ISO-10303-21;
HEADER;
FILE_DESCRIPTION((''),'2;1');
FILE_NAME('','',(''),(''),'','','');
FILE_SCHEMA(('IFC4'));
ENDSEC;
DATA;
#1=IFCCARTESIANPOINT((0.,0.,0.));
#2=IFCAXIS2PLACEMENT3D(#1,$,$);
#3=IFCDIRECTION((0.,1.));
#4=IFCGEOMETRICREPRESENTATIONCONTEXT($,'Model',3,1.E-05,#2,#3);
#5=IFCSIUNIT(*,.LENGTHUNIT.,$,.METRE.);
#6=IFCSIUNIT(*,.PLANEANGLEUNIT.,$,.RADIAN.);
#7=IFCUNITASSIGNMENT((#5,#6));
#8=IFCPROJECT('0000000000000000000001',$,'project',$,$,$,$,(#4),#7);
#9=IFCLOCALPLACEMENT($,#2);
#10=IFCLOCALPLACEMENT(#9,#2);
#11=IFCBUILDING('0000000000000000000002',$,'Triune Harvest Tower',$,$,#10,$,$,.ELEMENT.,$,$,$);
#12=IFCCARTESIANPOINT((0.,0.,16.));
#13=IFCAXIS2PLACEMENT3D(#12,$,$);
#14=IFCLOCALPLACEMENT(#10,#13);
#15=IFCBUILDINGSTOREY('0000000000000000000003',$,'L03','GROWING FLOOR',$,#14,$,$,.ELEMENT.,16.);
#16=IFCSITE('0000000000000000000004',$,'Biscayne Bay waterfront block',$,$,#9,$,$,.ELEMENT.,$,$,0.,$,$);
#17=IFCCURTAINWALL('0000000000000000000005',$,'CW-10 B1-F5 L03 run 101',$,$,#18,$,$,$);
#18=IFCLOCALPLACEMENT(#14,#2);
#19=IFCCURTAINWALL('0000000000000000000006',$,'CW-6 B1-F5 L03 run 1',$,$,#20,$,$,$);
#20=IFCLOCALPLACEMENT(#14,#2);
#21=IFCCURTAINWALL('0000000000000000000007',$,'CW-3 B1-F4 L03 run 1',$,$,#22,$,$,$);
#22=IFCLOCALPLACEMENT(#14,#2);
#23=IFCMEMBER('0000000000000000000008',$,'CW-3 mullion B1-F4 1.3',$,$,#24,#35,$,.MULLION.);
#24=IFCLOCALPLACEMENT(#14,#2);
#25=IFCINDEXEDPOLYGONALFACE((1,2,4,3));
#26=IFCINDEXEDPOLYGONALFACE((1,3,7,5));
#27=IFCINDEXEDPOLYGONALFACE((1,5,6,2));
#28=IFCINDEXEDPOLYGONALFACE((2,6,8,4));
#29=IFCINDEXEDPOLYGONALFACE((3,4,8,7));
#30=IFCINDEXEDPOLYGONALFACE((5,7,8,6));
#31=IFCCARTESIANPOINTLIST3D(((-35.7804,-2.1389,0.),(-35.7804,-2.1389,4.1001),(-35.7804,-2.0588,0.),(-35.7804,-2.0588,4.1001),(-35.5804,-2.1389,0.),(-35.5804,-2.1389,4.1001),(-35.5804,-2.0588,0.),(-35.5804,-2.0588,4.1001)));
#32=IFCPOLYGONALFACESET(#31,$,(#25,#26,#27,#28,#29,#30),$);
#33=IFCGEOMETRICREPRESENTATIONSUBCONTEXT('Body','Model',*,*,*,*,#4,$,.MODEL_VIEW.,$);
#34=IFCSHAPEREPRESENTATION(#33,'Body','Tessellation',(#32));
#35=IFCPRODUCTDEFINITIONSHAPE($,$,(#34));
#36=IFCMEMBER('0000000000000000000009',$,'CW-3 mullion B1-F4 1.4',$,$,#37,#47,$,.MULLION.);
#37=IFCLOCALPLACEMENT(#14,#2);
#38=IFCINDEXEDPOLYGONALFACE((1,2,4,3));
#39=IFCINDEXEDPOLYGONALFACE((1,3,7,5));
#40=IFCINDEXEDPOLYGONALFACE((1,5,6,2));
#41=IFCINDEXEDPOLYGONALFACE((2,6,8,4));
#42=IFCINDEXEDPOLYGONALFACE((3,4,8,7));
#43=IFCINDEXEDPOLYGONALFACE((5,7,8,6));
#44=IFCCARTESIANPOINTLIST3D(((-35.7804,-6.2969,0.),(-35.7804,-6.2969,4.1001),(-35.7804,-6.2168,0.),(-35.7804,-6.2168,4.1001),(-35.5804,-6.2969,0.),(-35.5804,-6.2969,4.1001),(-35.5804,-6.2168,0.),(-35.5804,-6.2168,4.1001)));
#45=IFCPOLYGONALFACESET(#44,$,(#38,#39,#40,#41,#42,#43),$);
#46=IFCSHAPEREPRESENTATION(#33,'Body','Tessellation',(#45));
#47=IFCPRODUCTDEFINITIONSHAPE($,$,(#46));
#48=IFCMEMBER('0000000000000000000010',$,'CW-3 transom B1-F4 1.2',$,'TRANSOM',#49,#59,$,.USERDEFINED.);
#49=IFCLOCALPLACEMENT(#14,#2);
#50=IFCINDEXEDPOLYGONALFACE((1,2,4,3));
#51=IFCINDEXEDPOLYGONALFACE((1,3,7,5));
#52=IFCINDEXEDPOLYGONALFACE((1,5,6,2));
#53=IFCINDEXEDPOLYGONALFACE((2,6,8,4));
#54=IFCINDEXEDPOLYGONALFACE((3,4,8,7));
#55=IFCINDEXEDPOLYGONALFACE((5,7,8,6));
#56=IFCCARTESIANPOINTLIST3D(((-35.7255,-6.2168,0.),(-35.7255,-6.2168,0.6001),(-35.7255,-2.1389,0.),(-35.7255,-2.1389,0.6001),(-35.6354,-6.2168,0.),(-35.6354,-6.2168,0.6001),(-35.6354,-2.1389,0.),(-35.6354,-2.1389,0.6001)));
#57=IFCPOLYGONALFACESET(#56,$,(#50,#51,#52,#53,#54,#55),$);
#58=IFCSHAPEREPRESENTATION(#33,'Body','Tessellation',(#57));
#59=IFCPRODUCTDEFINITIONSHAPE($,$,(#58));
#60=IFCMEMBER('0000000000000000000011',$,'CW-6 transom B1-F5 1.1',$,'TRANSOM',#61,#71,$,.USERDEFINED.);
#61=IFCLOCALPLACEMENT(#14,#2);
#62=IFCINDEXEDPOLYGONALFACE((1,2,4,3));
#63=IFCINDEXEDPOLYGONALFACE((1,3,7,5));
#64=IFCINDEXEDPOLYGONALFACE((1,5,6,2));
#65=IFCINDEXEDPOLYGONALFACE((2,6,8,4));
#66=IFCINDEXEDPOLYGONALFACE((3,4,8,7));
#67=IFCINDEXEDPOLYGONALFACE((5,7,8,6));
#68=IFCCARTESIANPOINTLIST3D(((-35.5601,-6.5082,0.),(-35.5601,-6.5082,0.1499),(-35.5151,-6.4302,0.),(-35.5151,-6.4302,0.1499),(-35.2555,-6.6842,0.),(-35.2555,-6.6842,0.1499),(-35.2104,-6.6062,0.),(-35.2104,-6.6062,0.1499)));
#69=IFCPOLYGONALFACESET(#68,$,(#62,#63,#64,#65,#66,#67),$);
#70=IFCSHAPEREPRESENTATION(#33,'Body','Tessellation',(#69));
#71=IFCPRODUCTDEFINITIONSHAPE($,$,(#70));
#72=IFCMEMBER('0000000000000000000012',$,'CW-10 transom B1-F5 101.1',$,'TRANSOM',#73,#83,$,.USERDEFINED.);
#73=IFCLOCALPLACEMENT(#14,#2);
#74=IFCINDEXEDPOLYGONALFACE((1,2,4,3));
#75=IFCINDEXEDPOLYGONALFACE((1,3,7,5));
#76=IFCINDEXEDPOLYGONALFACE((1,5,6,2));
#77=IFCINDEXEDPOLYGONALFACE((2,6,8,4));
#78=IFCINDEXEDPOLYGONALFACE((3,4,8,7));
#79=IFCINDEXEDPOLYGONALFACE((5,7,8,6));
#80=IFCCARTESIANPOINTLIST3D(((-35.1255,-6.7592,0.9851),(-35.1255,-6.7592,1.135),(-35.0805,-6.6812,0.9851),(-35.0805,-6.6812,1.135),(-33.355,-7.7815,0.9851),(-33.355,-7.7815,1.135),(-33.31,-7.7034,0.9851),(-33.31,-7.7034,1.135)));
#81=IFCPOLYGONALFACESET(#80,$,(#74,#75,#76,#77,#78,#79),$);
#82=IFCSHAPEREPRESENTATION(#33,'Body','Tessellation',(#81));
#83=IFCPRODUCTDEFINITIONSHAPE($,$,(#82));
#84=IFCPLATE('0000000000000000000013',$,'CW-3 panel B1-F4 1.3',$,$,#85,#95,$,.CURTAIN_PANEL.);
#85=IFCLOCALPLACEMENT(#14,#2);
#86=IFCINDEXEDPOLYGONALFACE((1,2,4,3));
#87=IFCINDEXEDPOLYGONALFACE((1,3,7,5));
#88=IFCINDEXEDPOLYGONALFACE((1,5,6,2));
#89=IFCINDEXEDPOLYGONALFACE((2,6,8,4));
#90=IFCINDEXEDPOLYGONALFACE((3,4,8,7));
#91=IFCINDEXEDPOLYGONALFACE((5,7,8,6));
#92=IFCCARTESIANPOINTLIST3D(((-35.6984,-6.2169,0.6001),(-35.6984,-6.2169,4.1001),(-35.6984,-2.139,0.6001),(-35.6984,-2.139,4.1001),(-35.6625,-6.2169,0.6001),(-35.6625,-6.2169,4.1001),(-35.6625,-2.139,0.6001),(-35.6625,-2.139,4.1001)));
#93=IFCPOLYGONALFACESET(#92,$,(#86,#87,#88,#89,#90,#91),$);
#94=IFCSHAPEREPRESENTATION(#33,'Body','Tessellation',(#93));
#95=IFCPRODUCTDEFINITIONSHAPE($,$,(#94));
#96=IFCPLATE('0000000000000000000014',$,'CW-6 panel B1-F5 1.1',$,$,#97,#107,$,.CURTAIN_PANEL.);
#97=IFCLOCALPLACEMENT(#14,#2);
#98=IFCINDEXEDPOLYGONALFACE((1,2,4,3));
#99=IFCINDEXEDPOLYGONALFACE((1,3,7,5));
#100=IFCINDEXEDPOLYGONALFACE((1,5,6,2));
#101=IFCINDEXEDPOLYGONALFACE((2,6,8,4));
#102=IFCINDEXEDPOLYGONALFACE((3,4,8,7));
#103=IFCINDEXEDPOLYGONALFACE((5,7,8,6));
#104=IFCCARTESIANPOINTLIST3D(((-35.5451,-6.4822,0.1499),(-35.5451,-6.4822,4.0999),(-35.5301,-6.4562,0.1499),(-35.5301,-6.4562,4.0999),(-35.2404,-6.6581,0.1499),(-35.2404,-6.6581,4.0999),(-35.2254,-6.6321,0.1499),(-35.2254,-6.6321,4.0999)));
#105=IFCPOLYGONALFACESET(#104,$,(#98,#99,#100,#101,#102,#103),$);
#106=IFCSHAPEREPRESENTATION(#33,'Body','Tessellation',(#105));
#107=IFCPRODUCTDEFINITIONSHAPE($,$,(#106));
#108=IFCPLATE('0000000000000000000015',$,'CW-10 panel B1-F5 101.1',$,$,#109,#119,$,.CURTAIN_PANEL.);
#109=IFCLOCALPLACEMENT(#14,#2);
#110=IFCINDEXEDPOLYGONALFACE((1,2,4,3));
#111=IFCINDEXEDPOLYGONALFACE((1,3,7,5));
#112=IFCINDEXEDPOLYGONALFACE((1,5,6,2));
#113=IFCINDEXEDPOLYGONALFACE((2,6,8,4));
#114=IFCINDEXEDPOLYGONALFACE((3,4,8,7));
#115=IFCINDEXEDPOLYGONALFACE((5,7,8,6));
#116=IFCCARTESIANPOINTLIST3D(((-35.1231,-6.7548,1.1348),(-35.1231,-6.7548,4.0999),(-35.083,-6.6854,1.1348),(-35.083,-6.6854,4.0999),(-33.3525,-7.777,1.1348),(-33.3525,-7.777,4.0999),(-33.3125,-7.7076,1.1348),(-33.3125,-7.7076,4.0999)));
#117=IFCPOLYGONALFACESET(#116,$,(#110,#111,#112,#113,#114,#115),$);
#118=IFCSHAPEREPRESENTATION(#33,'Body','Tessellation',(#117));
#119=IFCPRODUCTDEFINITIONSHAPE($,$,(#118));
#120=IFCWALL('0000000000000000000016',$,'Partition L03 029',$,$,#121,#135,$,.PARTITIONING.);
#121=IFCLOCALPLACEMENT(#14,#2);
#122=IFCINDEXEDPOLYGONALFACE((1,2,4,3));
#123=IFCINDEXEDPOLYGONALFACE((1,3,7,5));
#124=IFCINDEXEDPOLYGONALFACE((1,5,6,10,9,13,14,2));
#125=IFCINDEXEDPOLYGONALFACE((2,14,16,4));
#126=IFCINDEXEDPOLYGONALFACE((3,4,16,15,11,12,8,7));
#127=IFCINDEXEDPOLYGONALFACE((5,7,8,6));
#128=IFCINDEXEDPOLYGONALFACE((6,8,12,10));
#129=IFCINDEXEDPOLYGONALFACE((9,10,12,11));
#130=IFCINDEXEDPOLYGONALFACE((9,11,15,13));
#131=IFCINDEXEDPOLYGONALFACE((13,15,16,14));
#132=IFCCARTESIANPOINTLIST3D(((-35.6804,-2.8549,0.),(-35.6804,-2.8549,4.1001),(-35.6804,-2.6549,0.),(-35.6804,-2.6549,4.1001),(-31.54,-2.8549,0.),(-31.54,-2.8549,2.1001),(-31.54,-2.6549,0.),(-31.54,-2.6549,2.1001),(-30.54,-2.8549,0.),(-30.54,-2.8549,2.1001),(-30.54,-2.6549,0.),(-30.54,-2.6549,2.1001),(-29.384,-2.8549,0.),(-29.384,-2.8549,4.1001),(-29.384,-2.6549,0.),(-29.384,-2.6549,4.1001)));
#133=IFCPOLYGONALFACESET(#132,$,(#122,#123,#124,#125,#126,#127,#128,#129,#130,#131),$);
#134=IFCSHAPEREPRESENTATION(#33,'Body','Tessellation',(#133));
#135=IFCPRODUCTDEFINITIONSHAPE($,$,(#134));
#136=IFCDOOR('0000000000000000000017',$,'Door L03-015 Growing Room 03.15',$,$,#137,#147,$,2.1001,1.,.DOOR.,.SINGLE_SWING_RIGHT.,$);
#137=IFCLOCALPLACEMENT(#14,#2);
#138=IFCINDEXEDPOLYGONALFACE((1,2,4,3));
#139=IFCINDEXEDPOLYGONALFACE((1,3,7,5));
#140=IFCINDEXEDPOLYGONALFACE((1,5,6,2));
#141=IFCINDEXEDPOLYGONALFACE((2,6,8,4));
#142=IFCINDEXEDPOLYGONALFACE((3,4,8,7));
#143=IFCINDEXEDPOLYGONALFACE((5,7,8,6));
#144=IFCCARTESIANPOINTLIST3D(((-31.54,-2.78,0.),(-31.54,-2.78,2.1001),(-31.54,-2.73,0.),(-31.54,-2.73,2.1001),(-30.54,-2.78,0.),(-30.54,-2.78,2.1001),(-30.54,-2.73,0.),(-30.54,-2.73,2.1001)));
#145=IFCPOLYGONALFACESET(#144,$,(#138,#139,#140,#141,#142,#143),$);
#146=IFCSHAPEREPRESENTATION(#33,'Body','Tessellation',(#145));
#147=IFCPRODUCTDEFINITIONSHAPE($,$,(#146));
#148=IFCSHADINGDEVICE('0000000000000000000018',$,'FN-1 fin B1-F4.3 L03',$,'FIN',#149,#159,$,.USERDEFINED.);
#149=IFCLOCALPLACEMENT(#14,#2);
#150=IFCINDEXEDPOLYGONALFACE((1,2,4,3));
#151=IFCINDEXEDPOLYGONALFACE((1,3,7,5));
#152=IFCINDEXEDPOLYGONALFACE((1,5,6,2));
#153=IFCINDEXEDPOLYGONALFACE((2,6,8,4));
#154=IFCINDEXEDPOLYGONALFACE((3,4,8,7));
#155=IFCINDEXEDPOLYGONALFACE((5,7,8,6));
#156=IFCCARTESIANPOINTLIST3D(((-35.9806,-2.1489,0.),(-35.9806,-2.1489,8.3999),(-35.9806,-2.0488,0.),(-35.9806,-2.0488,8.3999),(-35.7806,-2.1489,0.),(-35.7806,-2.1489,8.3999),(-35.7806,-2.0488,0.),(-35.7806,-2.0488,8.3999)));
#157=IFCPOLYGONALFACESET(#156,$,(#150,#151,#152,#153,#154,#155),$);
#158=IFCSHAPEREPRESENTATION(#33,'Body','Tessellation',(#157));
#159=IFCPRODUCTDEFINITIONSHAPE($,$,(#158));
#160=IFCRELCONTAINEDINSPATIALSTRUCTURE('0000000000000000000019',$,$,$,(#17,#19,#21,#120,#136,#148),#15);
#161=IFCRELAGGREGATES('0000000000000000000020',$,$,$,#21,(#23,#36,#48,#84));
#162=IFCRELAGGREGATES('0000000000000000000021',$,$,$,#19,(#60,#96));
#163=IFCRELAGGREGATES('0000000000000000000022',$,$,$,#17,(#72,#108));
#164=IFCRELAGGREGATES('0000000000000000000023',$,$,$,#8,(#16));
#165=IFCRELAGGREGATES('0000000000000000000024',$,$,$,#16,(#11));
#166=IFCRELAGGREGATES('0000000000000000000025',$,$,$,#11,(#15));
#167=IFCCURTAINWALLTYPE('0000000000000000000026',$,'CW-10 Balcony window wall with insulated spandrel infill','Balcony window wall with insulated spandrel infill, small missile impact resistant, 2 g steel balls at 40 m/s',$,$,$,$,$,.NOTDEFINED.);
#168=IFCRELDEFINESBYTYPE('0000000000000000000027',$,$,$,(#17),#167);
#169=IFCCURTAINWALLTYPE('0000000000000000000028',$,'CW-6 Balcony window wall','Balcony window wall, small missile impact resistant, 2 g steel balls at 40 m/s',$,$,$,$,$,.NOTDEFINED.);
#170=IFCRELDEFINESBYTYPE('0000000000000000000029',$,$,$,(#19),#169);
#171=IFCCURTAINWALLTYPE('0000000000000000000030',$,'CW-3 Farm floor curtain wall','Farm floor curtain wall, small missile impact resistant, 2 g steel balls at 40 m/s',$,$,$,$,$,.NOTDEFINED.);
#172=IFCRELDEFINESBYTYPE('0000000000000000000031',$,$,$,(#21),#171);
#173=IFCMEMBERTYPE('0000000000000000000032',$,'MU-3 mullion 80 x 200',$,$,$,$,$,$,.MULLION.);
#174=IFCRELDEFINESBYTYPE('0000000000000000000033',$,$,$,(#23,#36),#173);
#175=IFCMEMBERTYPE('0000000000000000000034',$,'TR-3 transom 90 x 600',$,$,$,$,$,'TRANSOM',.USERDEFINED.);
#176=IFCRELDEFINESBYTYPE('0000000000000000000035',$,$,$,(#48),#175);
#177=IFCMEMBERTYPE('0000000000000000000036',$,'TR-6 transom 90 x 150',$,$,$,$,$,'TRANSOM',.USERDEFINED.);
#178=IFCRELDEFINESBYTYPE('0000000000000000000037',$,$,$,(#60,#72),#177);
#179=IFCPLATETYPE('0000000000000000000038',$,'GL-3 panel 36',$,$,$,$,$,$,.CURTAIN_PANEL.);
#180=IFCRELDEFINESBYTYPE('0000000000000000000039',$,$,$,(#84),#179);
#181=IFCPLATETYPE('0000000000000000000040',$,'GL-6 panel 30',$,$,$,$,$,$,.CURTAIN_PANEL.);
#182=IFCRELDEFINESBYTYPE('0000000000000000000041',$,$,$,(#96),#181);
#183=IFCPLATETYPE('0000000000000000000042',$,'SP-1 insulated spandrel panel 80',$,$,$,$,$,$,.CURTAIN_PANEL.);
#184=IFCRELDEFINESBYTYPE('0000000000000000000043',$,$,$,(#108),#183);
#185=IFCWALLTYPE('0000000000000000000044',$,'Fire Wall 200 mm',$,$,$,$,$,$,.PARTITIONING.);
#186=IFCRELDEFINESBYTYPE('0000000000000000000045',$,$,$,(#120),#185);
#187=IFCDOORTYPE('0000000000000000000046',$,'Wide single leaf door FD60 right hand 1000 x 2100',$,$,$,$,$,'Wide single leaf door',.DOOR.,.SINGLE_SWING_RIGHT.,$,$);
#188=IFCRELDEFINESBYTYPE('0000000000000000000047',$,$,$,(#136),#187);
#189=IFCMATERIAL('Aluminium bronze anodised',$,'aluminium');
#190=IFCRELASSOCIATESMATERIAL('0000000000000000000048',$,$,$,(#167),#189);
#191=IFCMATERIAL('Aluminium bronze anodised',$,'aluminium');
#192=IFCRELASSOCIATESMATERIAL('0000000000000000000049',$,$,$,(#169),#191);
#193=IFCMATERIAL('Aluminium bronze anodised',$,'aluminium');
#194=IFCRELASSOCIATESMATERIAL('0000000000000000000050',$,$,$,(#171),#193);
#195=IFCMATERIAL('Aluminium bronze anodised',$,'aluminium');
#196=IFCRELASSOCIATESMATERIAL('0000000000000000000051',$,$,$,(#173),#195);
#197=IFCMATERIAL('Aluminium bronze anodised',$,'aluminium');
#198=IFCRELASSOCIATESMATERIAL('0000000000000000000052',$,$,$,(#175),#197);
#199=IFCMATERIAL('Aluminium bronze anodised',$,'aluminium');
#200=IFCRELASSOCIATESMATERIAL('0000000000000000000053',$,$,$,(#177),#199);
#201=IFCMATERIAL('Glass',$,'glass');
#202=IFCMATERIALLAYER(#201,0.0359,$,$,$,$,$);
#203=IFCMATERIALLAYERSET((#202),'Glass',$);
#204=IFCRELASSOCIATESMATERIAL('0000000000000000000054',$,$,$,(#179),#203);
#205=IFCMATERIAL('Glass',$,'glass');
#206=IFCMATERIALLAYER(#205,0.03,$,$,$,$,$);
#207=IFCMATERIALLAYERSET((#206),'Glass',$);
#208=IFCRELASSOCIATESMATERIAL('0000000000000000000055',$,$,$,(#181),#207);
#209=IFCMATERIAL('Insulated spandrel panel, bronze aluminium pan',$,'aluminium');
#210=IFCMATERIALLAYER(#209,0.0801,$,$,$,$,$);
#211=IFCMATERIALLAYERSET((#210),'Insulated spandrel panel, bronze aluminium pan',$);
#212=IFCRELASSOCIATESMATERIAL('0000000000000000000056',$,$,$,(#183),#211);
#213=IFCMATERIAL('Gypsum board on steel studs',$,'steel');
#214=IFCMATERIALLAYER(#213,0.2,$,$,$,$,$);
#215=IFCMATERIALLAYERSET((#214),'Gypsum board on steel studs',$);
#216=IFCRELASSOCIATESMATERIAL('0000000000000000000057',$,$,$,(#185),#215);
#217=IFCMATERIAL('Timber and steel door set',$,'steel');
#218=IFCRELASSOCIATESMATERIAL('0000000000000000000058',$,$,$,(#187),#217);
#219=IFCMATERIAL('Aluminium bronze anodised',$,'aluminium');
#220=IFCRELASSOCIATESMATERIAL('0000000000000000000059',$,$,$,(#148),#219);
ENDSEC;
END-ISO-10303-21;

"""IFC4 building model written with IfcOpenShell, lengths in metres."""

from ifc_helpers import new_model, si_unit, direction, frame, frame_2d, origin, origin_2d, place, context, subcontext, project, spatial, rectangle, extrude, source, transform, mapped, material, layer, layer_set, material_profile, profile_set, type_object, element, fill, aggregate, save


model = new_model("IFC4")

# Units and contexts
model_context = context("Model", 3, precision=1e-05, world=origin(), true_north=direction((0.0, 1.0)))
body_context = subcontext(model_context, "Body", "Model", "MODEL_VIEW")
ifc_project = project(units=[si_unit("LENGTHUNIT", "METRE"), si_unit("PLANEANGLEUNIT", "RADIAN")], contexts=[model_context])

# Site, building, storey
site_placement = place(None, origin())
site = spatial("IfcSite", under=ifc_project, at=site_placement, Name="Biscayne Bay waterfront block", CompositionType="ELEMENT", RefElevation=0.0)
building_placement = place(site_placement, origin())
building = spatial("IfcBuilding", under=site, at=building_placement, Name="Triune Harvest Tower", CompositionType="ELEMENT")
storey_placement = place(building_placement, frame((0.0, 0.0, 16.0)))
storey = spatial("IfcBuildingStorey", under=building, at=storey_placement, Name="L03", Description="GROWING FLOOR", CompositionType="ELEMENT", Elevation=16.0)

# Curtain wall
ifc_material_1 = material(Name="Aluminium bronze anodised", Category="aluminium")
curtain_wall_type_1 = type_object("IfcCurtainWallType", Name="CW-10 Balcony window wall with insulated spandrel infill", Description="Balcony window wall with insulated spandrel infill, small missile impact resistant, 2 g steel balls at 40 m/s", PredefinedType="NOTDEFINED", material=ifc_material_1)
curtain_wall_1_placement = place(storey_placement, origin())
curtain_wall_1 = element("IfcCurtainWall", 1, at=curtain_wall_1_placement, inside=storey, type_object=curtain_wall_type_1, Name="CW-10 B1-F5 L03 run 101")

# Curtain walls, members
ifc_material_2 = material(Name="Aluminium bronze anodised", Category="aluminium")
curtain_wall_type_2 = type_object("IfcCurtainWallType", Name="CW-6 Balcony window wall", Description="Balcony window wall, small missile impact resistant, 2 g steel balls at 40 m/s", PredefinedType="NOTDEFINED", material=ifc_material_2)
curtain_wall_2_placement = place(storey_placement, origin())
curtain_wall_2 = element("IfcCurtainWall", 2, at=curtain_wall_2_placement, inside=storey, type_object=curtain_wall_type_2, Name="CW-6 B1-F5 L03 run 1")
ifc_material_3 = material(Name="Aluminium bronze anodised", Category="aluminium")
curtain_wall_type_3 = type_object("IfcCurtainWallType", Name="CW-3 Farm floor curtain wall", Description="Farm floor curtain wall, small missile impact resistant, 2 g steel balls at 40 m/s", PredefinedType="NOTDEFINED", material=ifc_material_3)
curtain_wall_3_placement = place(storey_placement, origin())
curtain_wall_3 = element("IfcCurtainWall", 3, at=curtain_wall_3_placement, inside=storey, type_object=curtain_wall_type_3, Name="CW-3 B1-F4 L03 run 1")
ifc_material_4 = material(Name="Aluminium bronze anodised", Category="aluminium")
ifc_material_profile_1 = material_profile(ifc_material_4, rectangle(XDim=0.2, YDim=0.0801, at=origin_2d()), Name="MU-3 mullion 80 x 200")
ifc_profile_set_1 = profile_set([ifc_material_profile_1], Name="Aluminium bronze anodised")
member_type_1 = type_object("IfcMemberType", Name="MU-3 mullion 80 x 200", PredefinedType="MULLION", material=ifc_profile_set_1)
shared_shape_1 = source(origin(), body_context, "Body", "SweptSolid", [
    extrude(rectangle(XDim=0.2, YDim=0.0801, at=origin_2d()), origin(), (0.0, 0.0, 1.0), 4.1001),
])
member_1_placement = place(storey_placement, frame((-35.6804, -2.0989, 0.0), z_axis=(0.0, 0.0, 1.0), x_axis=(1.0, 0.0, 0.0)))
member_1 = element("IfcMember", 4, at=member_1_placement, type_object=member_type_1, Name="CW-3 mullion B1-F4 1.3", PredefinedType="MULLION", context=body_context, shape_type="MappedRepresentation", body=[
    mapped(shared_shape_1, transform((0.0, 0.0, 0.0), scale=1.0)),
])
member_2_placement = place(storey_placement, frame((-35.6804, -6.2568, 0.0), z_axis=(0.0, 0.0, 1.0), x_axis=(1.0, 0.0, 0.0)))
member_2 = element("IfcMember", 5, at=member_2_placement, type_object=member_type_1, Name="CW-3 mullion B1-F4 1.4", PredefinedType="MULLION", context=body_context, shape_type="MappedRepresentation", body=[
    mapped(shared_shape_1, transform((0.0, 0.0, 0.0), scale=1.0)),
])
ifc_material_5 = material(Name="Aluminium bronze anodised", Category="aluminium")
ifc_material_profile_2 = material_profile(ifc_material_5, rectangle(XDim=0.0901, YDim=0.6001, at=origin_2d()), Name="TR-3 transom 90 x 600")
ifc_profile_set_2 = profile_set([ifc_material_profile_2], Name="Aluminium bronze anodised")
member_type_2 = type_object("IfcMemberType", Name="TR-3 transom 90 x 600", ElementType="TRANSOM", PredefinedType="USERDEFINED", material=ifc_profile_set_2)
shared_shape_2 = source(origin(), body_context, "Body", "SweptSolid", [
    extrude(rectangle(XDim=0.0901, YDim=0.6001, at=origin_2d()), origin(), (0.0, 0.0, 1.0), 4.0779),
])
member_3_placement = place(storey_placement, frame((-35.6804, -2.1389, 0.3), z_axis=(0.0, -1.0, 0.0), x_axis=(1.0, 0.0, 0.0)))
member_3 = element("IfcMember", 6, at=member_3_placement, type_object=member_type_2, Name="CW-3 transom B1-F4 1.2", ObjectType="TRANSOM", PredefinedType="USERDEFINED", context=body_context, shape_type="MappedRepresentation", body=[
    mapped(shared_shape_2, transform((0.0, 0.0, 0.0), scale=1.0)),
])

# Members
ifc_material_6 = material(Name="Aluminium bronze anodised", Category="aluminium")
ifc_material_profile_3 = material_profile(ifc_material_6, rectangle(XDim=0.0901, YDim=0.1499, at=origin_2d()), Name="TR-6 transom 90 x 150")
ifc_profile_set_3 = profile_set([ifc_material_profile_3], Name="Aluminium bronze anodised")
member_type_3 = type_object("IfcMemberType", Name="TR-6 transom 90 x 150", ElementType="TRANSOM", PredefinedType="USERDEFINED", material=ifc_profile_set_3)
shared_shape_3 = source(origin(), body_context, "Body", "SweptSolid", [
    extrude(rectangle(XDim=0.0901, YDim=0.1499, at=origin_2d()), origin(), (0.0, 0.0, 1.0), 0.3518),
])
member_4_placement = place(storey_placement, frame((-35.5376, -6.4692, 0.075), z_axis=(0.865885, -0.500243, 0.0), x_axis=(0.500243, 0.865885, 0.0)))
member_4 = element("IfcMember", 7, at=member_4_placement, type_object=member_type_3, Name="CW-6 transom B1-F5 1.1", ObjectType="TRANSOM", PredefinedType="USERDEFINED", context=body_context, shape_type="MappedRepresentation", body=[
    mapped(shared_shape_3, transform((0.0, 0.0, 0.0), scale=1.0)),
])
shared_shape_4 = source(origin(), body_context, "Body", "SweptSolid", [
    extrude(rectangle(XDim=0.0901, YDim=0.1499, at=origin_2d()), origin(), (0.0, 0.0, 1.0), 2.0444),
])
member_5_placement = place(storey_placement, frame((-35.103, -6.7202, 1.0601), z_axis=(0.866023, -0.500005, 0.0), x_axis=(0.500005, 0.866023, 0.0)))
member_5 = element("IfcMember", 8, at=member_5_placement, type_object=member_type_3, Name="CW-10 transom B1-F5 101.1", ObjectType="TRANSOM", PredefinedType="USERDEFINED", context=body_context, shape_type="MappedRepresentation", body=[
    mapped(shared_shape_4, transform((0.0, 0.0, 0.0), scale=1.0)),
])

# Plates
ifc_material_7 = material(Name="Glass", Category="glass")
ifc_layer_1 = layer(ifc_material_7, 0.0359)
ifc_layer_set_1 = layer_set([ifc_layer_1], Name="Glass")
plate_type_1 = type_object("IfcPlateType", Name="GL-3 panel 36", PredefinedType="CURTAIN_PANEL", material=ifc_layer_set_1)
shared_shape_5 = source(origin(), body_context, "Body", "SweptSolid", [
    extrude(rectangle(XDim=4.0779, YDim=0.0359, at=origin_2d()), origin(), (0.0, 0.0, 1.0), 3.5),
])
plate_1_placement = place(storey_placement, frame((-35.6804, -4.178, 0.6001), z_axis=(0.0, 0.0, 1.0), x_axis=(0.0, -1.0, 0.0)))
plate_1 = element("IfcPlate", 9, at=plate_1_placement, type_object=plate_type_1, Name="CW-3 panel B1-F4 1.3", PredefinedType="CURTAIN_PANEL", context=body_context, shape_type="MappedRepresentation", body=[
    mapped(shared_shape_5, transform((0.0, 0.0, 0.0), scale=1.0)),
])
aggregate(curtain_wall_3, [member_1, member_2, member_3, plate_1])
ifc_material_8 = material(Name="Glass", Category="glass")
ifc_layer_2 = layer(ifc_material_8, 0.03)
ifc_layer_set_2 = layer_set([ifc_layer_2], Name="Glass")
plate_type_2 = type_object("IfcPlateType", Name="GL-6 panel 30", PredefinedType="CURTAIN_PANEL", material=ifc_layer_set_2)
shared_shape_6 = source(origin(), body_context, "Body", "SweptSolid", [
    extrude(rectangle(XDim=0.3518, YDim=0.03, at=origin_2d()), origin(), (0.0, 0.0, 1.0), 3.95),
])
plate_2_placement = place(storey_placement, frame((-35.3853, -6.5571, 0.1499), z_axis=(0.0, 0.0, 1.0), x_axis=(0.86604, -0.499975, 0.0)))
plate_2 = element("IfcPlate", 10, at=plate_2_placement, type_object=plate_type_2, Name="CW-6 panel B1-F5 1.1", PredefinedType="CURTAIN_PANEL", context=body_context, shape_type="MappedRepresentation", body=[
    mapped(shared_shape_6, transform((0.0, 0.0, 0.0), scale=1.0)),
])
aggregate(curtain_wall_2, [member_4, plate_2])
ifc_material_9 = material(Name="Insulated spandrel panel, bronze aluminium pan", Category="aluminium")
ifc_layer_3 = layer(ifc_material_9, 0.0801)
ifc_layer_set_3 = layer_set([ifc_layer_3], Name="Insulated spandrel panel, bronze aluminium pan")
plate_type_3 = type_object("IfcPlateType", Name="SP-1 insulated spandrel panel 80", PredefinedType="CURTAIN_PANEL", material=ifc_layer_set_3)
shared_shape_7 = source(origin(), body_context, "Body", "SweptSolid", [
    extrude(rectangle(XDim=2.0444, YDim=0.0801, at=origin_2d()), origin(), (0.0, 0.0, 1.0), 2.9651),
])
plate_3_placement = place(storey_placement, frame((-34.2178, -7.2312, 1.1348), z_axis=(0.0, 0.0, 1.0), x_axis=(0.866025, -0.500001, 0.0)))
plate_3 = element("IfcPlate", 11, at=plate_3_placement, type_object=plate_type_3, Name="CW-10 panel B1-F5 101.1", PredefinedType="CURTAIN_PANEL", context=body_context, shape_type="MappedRepresentation", body=[
    mapped(shared_shape_7, transform((0.0, 0.0, 0.0), scale=1.0)),
])
aggregate(curtain_wall_1, [member_5, plate_3])

# Wall, opening, door
ifc_material_10 = material(Name="Gypsum board on steel studs", Category="steel")
ifc_layer_4 = layer(ifc_material_10, 0.2)
ifc_layer_set_4 = layer_set([ifc_layer_4], Name="Gypsum board on steel studs")
wall_type = type_object("IfcWallType", Name="Fire Wall 200 mm", PredefinedType="PARTITIONING", material=ifc_layer_set_4)
wall_placement = place(storey_placement, frame((-35.6804, -2.7549, 0.0), z_axis=(0.0, 0.0, 1.0), x_axis=(1.0, 0.0, 0.0)))
wall = element("IfcWall", 12, at=wall_placement, inside=storey, type_object=wall_type, Name="Partition L03 029", PredefinedType="PARTITIONING", context=body_context, shape_type="SweptSolid", body=[
    extrude(rectangle(XDim=6.2964, YDim=0.2, at=frame_2d((3.1482, 0.0))), origin(), (0.0, 0.0, 1.0), 4.1001),
])
opening_placement = place(wall_placement, frame((4.1404, 0.0, 0.0)))
opening = element("IfcOpeningElement", 13, at=opening_placement, cuts=wall, PredefinedType="OPENING", context=body_context, shape_type="SweptSolid", body=[
    extrude(rectangle(XDim=1.0, YDim=2.1001, at=frame_2d((0.5, 1.05))), frame((0.0, 0.1099, 0.0), z_axis=(0.0, -1.0, 0.0), x_axis=(1.0, 0.0, 0.0)), (0.0, 0.0, 1.0), 0.22),
])
ifc_material_11 = material(Name="Timber and steel door set", Category="steel")
door_type = type_object("IfcDoorType", Name="Wide single leaf door FD60 right hand 1000 x 2100", ElementType="Wide single leaf door", OperationType="SINGLE_SWING_RIGHT", PredefinedType="DOOR", material=ifc_material_11)
door_placement = place(opening_placement, origin())
door = element("IfcDoor", 14, at=door_placement, inside=storey, type_object=door_type, Name="Door L03-015 Growing Room 03.15", OperationType="SINGLE_SWING_RIGHT", OverallHeight=2.1001, OverallWidth=1.0, PredefinedType="DOOR", context=body_context, shape_type="SweptSolid", body=[
    extrude(rectangle(XDim=1.0, YDim=2.1001, at=frame_2d((0.5, 1.05))), frame((0.0, 0.0249, 0.0), z_axis=(0.0, -1.0, 0.0), x_axis=(1.0, 0.0, 0.0)), (0.0, 0.0, 1.0), 0.05),
])
fill(opening, door)

# Shading device
ifc_material_12 = material(Name="Aluminium bronze anodised", Category="aluminium")
shared_shape_8 = source(origin(), body_context, "Body", "SweptSolid", [
    extrude(rectangle(XDim=0.1001, YDim=0.2, at=origin_2d()), origin(), (0.0, 0.0, 1.0), 8.3999),
])
shading_device_placement = place(storey_placement, frame((-35.8806, -2.0989, 0.0), z_axis=(0.0, 0.0, 1.0), x_axis=(0.0, -1.0, 0.0)))
element("IfcShadingDevice", 15, at=shading_device_placement, inside=storey, material=ifc_material_12, Name="FN-1 fin B1-F4.3 L03", ObjectType="FIN", PredefinedType="USERDEFINED", context=body_context, shape_type="MappedRepresentation", body=[
    mapped(shared_shape_8, transform((0.0, 0.0, 0.0), scale=1.0)),
])

save(model, "model.ifc")
